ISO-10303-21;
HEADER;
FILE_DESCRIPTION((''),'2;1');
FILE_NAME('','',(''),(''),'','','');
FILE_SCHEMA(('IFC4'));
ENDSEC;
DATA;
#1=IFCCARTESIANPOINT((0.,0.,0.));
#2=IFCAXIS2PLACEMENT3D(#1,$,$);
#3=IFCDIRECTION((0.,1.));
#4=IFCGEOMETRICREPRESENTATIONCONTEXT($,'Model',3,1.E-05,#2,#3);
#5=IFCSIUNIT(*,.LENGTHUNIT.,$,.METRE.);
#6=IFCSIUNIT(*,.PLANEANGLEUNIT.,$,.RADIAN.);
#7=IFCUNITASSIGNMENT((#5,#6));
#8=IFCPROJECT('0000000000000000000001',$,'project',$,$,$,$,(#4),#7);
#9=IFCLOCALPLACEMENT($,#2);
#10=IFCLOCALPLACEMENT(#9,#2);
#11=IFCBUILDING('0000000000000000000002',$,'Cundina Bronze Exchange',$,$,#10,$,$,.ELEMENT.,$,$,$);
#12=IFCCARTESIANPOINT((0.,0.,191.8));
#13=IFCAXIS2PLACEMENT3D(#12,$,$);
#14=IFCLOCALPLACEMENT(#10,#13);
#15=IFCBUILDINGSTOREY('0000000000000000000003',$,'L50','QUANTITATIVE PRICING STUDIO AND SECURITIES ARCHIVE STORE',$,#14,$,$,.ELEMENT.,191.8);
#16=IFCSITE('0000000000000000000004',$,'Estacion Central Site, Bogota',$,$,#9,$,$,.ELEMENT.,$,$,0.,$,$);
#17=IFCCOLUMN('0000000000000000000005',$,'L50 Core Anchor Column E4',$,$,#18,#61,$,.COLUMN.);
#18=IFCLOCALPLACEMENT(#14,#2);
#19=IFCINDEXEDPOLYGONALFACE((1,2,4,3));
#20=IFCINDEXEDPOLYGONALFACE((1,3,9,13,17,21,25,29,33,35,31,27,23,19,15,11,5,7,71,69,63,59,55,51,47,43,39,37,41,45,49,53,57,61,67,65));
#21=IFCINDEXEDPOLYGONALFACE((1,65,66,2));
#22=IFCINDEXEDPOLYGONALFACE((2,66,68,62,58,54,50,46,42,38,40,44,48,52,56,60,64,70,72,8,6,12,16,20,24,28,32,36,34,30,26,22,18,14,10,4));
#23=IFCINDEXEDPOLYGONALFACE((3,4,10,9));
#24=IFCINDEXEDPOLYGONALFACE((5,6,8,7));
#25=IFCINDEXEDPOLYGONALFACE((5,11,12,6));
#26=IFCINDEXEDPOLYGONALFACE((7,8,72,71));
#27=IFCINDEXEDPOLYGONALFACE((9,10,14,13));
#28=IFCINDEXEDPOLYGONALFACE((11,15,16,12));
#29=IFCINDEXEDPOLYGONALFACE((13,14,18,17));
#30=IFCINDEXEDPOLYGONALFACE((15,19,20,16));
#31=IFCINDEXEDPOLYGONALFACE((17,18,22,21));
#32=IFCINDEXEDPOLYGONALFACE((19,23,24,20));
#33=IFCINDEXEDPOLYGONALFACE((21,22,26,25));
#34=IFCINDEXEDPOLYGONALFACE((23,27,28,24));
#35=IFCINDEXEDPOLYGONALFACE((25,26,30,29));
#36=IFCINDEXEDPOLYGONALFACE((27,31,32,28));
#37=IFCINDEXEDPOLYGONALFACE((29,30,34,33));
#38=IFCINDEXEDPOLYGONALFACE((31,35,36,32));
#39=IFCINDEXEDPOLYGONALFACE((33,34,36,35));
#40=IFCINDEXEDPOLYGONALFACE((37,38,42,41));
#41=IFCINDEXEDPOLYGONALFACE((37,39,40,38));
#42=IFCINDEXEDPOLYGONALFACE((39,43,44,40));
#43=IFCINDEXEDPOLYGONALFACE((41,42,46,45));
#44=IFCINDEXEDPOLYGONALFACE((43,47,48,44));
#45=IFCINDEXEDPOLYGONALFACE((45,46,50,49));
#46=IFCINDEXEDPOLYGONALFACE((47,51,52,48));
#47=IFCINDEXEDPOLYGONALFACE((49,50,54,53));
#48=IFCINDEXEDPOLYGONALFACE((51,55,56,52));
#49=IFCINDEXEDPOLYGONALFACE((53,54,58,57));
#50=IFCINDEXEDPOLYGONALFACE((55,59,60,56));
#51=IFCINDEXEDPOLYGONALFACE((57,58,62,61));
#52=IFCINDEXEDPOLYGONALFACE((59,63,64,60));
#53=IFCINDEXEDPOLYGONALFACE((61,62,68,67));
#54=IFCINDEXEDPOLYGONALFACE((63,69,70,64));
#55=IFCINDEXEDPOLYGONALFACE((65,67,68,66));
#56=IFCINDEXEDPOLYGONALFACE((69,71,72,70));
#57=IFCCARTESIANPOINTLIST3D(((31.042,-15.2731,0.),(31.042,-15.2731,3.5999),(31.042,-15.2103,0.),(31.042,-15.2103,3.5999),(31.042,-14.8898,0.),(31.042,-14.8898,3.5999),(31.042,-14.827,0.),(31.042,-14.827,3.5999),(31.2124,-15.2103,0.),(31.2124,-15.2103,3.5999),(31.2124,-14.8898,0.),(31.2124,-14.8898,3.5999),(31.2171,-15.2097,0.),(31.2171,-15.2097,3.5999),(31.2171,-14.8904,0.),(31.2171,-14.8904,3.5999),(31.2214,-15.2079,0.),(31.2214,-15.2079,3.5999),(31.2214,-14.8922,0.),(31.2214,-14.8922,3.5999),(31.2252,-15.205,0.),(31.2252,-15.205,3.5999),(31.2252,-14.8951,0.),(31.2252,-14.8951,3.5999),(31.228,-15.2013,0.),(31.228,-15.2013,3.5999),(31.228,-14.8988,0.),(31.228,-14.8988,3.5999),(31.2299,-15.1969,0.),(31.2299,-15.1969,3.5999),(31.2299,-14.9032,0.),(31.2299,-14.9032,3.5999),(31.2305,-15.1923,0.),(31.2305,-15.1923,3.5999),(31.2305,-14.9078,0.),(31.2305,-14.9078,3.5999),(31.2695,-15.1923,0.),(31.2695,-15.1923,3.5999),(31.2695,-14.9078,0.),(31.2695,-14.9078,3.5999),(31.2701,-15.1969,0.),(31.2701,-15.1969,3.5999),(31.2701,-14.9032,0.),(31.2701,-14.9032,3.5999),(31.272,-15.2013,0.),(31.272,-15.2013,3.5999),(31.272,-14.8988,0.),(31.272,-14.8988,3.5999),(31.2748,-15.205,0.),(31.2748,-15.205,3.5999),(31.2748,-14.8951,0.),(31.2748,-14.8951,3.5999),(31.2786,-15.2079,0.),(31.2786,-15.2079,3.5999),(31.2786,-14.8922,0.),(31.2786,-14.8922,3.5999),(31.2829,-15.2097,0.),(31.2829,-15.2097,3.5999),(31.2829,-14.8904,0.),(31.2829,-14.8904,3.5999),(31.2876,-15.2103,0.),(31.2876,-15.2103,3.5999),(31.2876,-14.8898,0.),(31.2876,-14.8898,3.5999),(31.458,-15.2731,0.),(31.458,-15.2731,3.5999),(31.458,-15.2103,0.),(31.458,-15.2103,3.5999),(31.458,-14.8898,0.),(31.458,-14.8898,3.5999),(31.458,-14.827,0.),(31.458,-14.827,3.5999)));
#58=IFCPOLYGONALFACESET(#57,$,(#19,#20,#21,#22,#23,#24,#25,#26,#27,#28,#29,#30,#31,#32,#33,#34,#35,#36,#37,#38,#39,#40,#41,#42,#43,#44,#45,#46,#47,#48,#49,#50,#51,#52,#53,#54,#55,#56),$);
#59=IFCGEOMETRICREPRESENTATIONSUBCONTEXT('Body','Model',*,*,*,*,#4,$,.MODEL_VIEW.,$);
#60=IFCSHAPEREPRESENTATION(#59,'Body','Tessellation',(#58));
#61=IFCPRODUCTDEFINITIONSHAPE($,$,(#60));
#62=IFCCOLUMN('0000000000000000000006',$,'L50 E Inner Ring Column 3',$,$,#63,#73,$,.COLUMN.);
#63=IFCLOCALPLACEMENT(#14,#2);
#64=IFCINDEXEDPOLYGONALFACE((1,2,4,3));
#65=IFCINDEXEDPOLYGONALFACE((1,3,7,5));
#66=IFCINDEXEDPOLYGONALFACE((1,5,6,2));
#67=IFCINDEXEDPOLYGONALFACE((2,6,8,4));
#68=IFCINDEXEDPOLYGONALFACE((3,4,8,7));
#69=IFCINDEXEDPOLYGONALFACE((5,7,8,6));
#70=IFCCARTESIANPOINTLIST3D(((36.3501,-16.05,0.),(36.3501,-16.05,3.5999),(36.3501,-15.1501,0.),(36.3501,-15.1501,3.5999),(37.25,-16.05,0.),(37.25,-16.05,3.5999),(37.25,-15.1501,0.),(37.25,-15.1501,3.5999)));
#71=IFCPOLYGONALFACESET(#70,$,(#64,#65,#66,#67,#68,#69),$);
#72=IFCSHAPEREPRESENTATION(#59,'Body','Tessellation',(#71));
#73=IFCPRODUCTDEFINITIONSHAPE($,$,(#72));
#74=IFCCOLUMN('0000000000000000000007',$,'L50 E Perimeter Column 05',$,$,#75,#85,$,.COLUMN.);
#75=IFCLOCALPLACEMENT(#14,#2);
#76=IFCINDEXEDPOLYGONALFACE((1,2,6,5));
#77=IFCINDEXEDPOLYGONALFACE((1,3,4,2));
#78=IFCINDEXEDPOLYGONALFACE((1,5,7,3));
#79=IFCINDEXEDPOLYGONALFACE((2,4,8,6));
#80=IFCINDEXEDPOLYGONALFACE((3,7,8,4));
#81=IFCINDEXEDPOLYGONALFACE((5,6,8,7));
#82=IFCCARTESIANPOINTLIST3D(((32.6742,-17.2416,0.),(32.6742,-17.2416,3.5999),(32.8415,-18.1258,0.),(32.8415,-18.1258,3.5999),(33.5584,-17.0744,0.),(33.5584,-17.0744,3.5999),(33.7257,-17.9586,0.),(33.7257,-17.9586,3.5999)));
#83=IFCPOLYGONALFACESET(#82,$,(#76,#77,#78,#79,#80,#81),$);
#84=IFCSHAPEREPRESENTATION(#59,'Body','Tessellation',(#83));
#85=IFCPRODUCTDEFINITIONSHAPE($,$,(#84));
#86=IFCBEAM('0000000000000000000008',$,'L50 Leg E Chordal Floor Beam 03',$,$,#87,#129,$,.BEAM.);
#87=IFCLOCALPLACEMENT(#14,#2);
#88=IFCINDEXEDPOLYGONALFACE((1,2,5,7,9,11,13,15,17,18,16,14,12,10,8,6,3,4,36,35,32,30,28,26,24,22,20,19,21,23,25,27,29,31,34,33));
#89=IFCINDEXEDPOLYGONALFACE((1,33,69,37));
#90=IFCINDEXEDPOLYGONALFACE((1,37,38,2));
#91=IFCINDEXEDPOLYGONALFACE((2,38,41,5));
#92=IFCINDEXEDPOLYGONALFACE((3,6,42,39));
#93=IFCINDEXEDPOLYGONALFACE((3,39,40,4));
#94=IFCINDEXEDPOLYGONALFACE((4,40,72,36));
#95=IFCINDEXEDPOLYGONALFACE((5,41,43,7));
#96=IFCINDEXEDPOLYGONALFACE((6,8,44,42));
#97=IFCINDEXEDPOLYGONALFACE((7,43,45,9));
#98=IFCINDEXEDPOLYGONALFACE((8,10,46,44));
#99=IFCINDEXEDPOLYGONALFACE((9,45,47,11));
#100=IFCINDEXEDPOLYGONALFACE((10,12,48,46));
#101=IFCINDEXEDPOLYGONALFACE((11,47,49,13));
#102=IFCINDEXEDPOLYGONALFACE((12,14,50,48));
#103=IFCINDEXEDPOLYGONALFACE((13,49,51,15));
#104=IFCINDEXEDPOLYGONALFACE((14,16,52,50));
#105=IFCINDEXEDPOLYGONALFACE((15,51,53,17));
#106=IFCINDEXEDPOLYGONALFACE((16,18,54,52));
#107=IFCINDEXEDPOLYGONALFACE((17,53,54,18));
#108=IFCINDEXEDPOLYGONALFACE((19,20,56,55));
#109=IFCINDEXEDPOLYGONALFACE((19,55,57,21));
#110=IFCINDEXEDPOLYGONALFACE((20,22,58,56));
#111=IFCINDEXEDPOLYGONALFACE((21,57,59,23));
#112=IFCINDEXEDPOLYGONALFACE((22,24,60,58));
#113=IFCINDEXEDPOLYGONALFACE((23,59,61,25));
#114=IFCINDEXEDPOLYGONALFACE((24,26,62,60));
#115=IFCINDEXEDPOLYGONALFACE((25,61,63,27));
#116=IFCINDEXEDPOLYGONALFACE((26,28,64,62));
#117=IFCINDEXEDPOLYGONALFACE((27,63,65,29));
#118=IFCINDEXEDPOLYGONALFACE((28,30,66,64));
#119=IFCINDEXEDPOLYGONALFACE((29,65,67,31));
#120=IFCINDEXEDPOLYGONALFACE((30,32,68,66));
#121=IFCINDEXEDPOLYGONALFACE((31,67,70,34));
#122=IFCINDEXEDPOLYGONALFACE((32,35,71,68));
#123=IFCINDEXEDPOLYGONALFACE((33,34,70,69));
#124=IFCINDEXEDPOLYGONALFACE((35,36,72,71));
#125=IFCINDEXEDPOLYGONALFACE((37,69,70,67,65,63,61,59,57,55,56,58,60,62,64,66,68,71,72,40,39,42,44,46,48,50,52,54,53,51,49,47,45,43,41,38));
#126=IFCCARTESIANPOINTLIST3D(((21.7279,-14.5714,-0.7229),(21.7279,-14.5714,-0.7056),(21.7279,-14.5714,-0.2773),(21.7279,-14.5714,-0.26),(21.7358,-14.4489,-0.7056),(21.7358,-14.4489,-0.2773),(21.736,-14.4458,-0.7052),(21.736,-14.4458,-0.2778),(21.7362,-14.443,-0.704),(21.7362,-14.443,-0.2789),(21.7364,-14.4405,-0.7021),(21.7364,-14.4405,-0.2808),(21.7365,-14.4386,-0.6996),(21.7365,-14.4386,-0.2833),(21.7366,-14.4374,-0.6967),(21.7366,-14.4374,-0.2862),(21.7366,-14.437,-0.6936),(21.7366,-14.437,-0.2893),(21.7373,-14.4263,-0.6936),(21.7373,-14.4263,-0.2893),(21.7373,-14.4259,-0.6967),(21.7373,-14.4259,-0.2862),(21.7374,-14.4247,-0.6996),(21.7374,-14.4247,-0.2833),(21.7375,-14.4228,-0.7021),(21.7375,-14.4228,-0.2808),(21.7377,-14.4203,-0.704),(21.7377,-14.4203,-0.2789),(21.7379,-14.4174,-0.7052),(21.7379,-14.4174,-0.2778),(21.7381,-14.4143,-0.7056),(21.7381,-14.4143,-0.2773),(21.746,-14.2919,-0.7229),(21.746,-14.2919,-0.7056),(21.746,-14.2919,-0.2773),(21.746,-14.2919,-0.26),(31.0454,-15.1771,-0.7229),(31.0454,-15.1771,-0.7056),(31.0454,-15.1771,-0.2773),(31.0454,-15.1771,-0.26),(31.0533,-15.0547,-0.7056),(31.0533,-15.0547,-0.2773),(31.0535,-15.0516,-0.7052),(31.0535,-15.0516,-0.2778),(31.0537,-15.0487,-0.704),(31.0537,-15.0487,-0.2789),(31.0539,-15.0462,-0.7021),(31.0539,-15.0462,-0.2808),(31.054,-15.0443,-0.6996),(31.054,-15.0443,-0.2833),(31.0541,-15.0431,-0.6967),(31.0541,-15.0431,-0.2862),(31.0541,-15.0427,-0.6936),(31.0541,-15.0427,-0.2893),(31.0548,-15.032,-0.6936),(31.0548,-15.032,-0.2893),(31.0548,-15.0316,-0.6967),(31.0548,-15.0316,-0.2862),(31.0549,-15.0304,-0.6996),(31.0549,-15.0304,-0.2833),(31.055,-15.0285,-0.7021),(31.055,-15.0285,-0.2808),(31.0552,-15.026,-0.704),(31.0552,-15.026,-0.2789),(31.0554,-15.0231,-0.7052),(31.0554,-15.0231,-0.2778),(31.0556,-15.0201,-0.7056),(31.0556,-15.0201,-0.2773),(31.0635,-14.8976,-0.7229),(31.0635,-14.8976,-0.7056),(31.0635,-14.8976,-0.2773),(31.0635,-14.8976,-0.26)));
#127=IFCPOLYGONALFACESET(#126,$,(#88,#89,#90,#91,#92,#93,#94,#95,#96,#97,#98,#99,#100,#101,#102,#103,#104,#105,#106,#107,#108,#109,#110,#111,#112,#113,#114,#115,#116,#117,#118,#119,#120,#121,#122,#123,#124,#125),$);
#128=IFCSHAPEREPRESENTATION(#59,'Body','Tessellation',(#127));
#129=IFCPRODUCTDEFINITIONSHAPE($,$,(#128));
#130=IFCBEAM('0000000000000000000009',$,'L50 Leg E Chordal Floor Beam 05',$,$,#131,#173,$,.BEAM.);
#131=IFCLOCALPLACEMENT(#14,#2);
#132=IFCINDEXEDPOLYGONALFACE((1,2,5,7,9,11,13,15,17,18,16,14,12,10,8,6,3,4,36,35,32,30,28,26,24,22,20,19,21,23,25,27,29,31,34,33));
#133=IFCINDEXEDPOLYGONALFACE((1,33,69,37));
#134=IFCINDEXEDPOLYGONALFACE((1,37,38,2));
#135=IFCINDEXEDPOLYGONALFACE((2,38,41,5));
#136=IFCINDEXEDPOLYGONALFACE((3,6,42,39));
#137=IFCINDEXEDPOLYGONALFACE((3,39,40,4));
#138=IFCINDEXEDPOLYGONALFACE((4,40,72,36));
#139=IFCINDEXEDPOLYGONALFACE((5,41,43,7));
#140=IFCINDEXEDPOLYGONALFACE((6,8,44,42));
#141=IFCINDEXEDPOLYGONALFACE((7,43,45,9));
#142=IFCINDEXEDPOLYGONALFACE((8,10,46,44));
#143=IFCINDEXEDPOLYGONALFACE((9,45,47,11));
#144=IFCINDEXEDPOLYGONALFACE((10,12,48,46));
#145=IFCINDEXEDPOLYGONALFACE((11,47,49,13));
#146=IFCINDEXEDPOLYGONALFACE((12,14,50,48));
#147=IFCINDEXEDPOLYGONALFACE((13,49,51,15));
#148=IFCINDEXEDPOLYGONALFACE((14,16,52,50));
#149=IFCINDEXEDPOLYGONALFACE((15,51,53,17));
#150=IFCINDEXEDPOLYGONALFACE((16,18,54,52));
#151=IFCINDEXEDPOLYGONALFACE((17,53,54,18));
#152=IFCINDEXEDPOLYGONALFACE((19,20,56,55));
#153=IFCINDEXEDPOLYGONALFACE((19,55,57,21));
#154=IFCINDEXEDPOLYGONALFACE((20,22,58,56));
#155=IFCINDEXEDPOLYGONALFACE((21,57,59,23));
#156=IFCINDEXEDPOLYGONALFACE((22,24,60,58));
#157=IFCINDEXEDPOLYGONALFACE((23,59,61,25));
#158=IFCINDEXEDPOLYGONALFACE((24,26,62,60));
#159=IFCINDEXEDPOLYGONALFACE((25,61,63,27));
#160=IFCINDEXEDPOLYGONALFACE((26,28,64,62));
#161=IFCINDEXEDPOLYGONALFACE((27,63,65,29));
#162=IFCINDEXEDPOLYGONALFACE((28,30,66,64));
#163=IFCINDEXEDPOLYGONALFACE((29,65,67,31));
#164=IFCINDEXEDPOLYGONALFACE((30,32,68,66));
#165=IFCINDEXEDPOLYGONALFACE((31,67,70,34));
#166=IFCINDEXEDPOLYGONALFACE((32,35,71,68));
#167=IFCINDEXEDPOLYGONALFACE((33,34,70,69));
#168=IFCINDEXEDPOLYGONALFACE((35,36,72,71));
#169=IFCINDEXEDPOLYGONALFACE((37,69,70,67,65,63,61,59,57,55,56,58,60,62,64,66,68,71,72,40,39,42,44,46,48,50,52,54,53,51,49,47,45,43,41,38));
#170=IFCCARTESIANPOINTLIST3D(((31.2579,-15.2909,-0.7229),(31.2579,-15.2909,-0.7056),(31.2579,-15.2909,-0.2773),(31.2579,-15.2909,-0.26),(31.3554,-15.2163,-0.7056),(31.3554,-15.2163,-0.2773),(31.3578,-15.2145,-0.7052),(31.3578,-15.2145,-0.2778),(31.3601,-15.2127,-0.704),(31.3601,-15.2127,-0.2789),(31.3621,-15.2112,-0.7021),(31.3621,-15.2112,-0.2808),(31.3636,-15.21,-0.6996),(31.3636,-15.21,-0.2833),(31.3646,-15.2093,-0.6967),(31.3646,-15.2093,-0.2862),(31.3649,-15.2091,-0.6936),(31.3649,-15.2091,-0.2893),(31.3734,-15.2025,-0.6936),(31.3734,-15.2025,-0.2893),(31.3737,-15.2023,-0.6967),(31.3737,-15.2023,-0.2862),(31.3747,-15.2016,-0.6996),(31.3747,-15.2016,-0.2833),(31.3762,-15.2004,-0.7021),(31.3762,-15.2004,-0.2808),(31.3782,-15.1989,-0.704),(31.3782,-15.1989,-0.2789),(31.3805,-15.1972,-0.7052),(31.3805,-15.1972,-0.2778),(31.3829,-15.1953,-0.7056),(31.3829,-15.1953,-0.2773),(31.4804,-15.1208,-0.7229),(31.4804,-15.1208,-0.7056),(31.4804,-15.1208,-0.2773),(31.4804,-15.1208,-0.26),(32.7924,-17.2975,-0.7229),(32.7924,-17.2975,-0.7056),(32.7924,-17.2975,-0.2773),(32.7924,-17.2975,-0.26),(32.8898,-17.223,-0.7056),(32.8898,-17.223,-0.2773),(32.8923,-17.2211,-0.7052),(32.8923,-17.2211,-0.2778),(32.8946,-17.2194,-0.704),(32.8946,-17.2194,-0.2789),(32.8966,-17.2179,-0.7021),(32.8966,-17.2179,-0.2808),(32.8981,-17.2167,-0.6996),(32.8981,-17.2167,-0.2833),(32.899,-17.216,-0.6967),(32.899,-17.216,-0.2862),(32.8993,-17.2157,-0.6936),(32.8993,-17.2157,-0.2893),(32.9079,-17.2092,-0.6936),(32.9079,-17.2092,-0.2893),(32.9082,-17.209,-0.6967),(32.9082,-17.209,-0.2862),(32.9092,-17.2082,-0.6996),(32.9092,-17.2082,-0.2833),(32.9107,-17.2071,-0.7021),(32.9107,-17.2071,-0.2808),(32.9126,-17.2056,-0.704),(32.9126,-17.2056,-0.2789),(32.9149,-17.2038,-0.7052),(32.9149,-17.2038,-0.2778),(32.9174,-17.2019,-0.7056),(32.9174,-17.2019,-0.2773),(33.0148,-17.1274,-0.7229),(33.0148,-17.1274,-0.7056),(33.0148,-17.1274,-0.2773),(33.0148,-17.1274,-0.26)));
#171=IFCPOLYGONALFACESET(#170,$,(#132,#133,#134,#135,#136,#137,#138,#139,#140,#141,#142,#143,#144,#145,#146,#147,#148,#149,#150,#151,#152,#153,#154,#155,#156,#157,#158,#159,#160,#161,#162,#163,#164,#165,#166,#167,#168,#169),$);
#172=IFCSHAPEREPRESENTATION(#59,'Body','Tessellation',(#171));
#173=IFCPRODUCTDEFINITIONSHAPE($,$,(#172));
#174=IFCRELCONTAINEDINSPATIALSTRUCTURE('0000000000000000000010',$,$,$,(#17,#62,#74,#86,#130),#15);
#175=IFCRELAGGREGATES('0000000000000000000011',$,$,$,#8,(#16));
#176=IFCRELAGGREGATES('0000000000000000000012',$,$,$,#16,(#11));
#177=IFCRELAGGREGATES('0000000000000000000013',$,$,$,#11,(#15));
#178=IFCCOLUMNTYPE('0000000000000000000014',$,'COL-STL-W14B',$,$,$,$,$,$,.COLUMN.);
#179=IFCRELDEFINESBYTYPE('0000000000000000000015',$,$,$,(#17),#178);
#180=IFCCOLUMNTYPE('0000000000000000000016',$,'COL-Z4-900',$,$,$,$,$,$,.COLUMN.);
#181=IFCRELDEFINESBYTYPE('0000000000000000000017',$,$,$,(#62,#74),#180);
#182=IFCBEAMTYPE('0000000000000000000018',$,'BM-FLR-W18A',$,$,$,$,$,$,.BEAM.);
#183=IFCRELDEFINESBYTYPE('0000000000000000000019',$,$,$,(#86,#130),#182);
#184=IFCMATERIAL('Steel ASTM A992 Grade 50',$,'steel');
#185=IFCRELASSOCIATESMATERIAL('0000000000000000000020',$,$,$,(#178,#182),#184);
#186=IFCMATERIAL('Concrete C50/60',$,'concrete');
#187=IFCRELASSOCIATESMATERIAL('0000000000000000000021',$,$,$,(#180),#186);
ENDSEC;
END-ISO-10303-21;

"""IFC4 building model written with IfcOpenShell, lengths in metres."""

from ifc_helpers import new_model, si_unit, direction, frame, origin, origin_2d, place, context, subcontext, project, spatial, rectangle, i_section, extrude, material, material_profile, profile_set, type_object, element, save


model = new_model("IFC4")

# Units and contexts
model_context = context("Model", 3, precision=1e-05, world=origin(), true_north=direction((0.0, 1.0)))
body_context = subcontext(model_context, "Body", "Model", "MODEL_VIEW")
ifc_project = project(units=[si_unit("LENGTHUNIT", "METRE"), si_unit("PLANEANGLEUNIT", "RADIAN")], contexts=[model_context])

# Site, building, storey
site_placement = place(None, origin())
site = spatial("IfcSite", under=ifc_project, at=site_placement, Name="Estacion Central Site, Bogota", CompositionType="ELEMENT", RefElevation=0.0)
building_placement = place(site_placement, origin())
building = spatial("IfcBuilding", under=site, at=building_placement, Name="Cundina Bronze Exchange", CompositionType="ELEMENT")
storey_placement = place(building_placement, frame((0.0, 0.0, 191.8)))
storey = spatial("IfcBuildingStorey", under=building, at=storey_placement, Name="L50", Description="QUANTITATIVE PRICING STUDIO AND SECURITIES ARCHIVE STORE", CompositionType="ELEMENT", Elevation=191.8)

# Columns
ifc_material_1 = material(Name="Steel ASTM A992 Grade 50", Category="steel")
ifc_material_profile_1 = material_profile(ifc_material_1, i_section(OverallWidth=0.416, OverallDepth=0.446, WebThickness=0.0391, FlangeThickness=0.0627, FilletRadius=0.0181, at=origin_2d()), Name="W14X342", Category="steel")
ifc_profile_set_1 = profile_set([ifc_material_profile_1], Name="Steel ASTM A992 Grade 50")
column_type_1 = type_object("IfcColumnType", Name="COL-STL-W14B", PredefinedType="COLUMN", material=ifc_profile_set_1)
column_placement = place(storey_placement, frame((31.25, -15.05, 0.0), z_axis=(0.0, 0.0, 1.0), x_axis=(1.0, 0.0, 0.0)))
element("IfcColumn", 1, at=column_placement, inside=storey, type_object=column_type_1, Name="L50 Core Anchor Column E4", PredefinedType="COLUMN", context=body_context, shape_type="SweptSolid", body=[
    extrude(i_section(OverallWidth=0.416, OverallDepth=0.446, WebThickness=0.0391, FlangeThickness=0.0627, FilletRadius=0.0181, at=origin_2d()), origin(), (0.0, 0.0, 1.0), 3.5999),
])
ifc_material_2 = material(Name="Concrete C50/60", Category="concrete")
ifc_material_profile_2 = material_profile(ifc_material_2, rectangle(XDim=0.8999, YDim=0.8999, at=origin_2d()), Name="RC900X900", Category="concrete")
ifc_profile_set_2 = profile_set([ifc_material_profile_2], Name="Concrete C50/60")
column_type_2 = type_object("IfcColumnType", Name="COL-Z4-900", PredefinedType="COLUMN", material=ifc_profile_set_2)
for number, where, z_axis, x_axis, name in (
    (2, (36.8, -15.6001, 0.0), (0.0, 0.0, 1.0), (1.0, 0.0, 0.0), "L50 E Inner Ring Column 3"),
    (3, (33.2, -17.6001, 0.0), (0.0, 0.0, 1.0), (0.98258, 0.185838, 0.0), "L50 E Perimeter Column 05"),
):
    element("IfcColumn", number, at=place(storey_placement, frame(where, z_axis=z_axis, x_axis=x_axis)), inside=storey, type_object=column_type_2, Name=name, PredefinedType="COLUMN", context=body_context, shape_type="SweptSolid", body=[
        extrude(rectangle(XDim=0.8999, YDim=0.8999, at=origin_2d()), origin(), (0.0, 0.0, 1.0), 3.5999),
    ])

# Beams
ifc_material_profile_3 = material_profile(ifc_material_1, i_section(OverallWidth=0.28, OverallDepth=0.4629, WebThickness=0.0107, FlangeThickness=0.0173, FilletRadius=0.012, at=origin_2d()), Name="W18X76", Category="steel")
ifc_profile_set_3 = profile_set([ifc_material_profile_3], Name="Steel ASTM A992 Grade 50")
beam_type_1 = type_object("IfcBeamType", Name="BM-FLR-W18A", PredefinedType="BEAM", material=ifc_profile_set_3)
beam_1_placement = place(storey_placement, frame((31.0544, -15.0374, -0.4915), z_axis=(-0.997894, 0.064872, 0.0), x_axis=(-0.064872, -0.997894, 0.0)))
element("IfcBeam", 4, at=beam_1_placement, inside=storey, type_object=beam_type_1, Name="L50 Leg E Chordal Floor Beam 03", PredefinedType="BEAM", context=body_context, shape_type="SweptSolid", body=[
    extrude(i_section(OverallWidth=0.28, OverallDepth=0.4629, WebThickness=0.0107, FlangeThickness=0.0173, FilletRadius=0.012, at=origin_2d()), origin(), (0.0, 0.0, 1.0), 9.3372),
])
beam_2_placement = place(storey_placement, frame((31.3691, -15.2058, -0.4915), z_axis=(0.607443, -0.794363, 0.0), x_axis=(0.794363, 0.607443, 0.0)))
element("IfcBeam", 5, at=beam_2_placement, inside=storey, type_object=beam_type_1, Name="L50 Leg E Chordal Floor Beam 05", PredefinedType="BEAM", context=body_context, shape_type="SweptSolid", body=[
    extrude(i_section(OverallWidth=0.28, OverallDepth=0.4629, WebThickness=0.0107, FlangeThickness=0.0173, FilletRadius=0.012, at=origin_2d()), origin(), (0.0, 0.0, 1.0), 2.5261),
])

save(model, "model.ifc")
